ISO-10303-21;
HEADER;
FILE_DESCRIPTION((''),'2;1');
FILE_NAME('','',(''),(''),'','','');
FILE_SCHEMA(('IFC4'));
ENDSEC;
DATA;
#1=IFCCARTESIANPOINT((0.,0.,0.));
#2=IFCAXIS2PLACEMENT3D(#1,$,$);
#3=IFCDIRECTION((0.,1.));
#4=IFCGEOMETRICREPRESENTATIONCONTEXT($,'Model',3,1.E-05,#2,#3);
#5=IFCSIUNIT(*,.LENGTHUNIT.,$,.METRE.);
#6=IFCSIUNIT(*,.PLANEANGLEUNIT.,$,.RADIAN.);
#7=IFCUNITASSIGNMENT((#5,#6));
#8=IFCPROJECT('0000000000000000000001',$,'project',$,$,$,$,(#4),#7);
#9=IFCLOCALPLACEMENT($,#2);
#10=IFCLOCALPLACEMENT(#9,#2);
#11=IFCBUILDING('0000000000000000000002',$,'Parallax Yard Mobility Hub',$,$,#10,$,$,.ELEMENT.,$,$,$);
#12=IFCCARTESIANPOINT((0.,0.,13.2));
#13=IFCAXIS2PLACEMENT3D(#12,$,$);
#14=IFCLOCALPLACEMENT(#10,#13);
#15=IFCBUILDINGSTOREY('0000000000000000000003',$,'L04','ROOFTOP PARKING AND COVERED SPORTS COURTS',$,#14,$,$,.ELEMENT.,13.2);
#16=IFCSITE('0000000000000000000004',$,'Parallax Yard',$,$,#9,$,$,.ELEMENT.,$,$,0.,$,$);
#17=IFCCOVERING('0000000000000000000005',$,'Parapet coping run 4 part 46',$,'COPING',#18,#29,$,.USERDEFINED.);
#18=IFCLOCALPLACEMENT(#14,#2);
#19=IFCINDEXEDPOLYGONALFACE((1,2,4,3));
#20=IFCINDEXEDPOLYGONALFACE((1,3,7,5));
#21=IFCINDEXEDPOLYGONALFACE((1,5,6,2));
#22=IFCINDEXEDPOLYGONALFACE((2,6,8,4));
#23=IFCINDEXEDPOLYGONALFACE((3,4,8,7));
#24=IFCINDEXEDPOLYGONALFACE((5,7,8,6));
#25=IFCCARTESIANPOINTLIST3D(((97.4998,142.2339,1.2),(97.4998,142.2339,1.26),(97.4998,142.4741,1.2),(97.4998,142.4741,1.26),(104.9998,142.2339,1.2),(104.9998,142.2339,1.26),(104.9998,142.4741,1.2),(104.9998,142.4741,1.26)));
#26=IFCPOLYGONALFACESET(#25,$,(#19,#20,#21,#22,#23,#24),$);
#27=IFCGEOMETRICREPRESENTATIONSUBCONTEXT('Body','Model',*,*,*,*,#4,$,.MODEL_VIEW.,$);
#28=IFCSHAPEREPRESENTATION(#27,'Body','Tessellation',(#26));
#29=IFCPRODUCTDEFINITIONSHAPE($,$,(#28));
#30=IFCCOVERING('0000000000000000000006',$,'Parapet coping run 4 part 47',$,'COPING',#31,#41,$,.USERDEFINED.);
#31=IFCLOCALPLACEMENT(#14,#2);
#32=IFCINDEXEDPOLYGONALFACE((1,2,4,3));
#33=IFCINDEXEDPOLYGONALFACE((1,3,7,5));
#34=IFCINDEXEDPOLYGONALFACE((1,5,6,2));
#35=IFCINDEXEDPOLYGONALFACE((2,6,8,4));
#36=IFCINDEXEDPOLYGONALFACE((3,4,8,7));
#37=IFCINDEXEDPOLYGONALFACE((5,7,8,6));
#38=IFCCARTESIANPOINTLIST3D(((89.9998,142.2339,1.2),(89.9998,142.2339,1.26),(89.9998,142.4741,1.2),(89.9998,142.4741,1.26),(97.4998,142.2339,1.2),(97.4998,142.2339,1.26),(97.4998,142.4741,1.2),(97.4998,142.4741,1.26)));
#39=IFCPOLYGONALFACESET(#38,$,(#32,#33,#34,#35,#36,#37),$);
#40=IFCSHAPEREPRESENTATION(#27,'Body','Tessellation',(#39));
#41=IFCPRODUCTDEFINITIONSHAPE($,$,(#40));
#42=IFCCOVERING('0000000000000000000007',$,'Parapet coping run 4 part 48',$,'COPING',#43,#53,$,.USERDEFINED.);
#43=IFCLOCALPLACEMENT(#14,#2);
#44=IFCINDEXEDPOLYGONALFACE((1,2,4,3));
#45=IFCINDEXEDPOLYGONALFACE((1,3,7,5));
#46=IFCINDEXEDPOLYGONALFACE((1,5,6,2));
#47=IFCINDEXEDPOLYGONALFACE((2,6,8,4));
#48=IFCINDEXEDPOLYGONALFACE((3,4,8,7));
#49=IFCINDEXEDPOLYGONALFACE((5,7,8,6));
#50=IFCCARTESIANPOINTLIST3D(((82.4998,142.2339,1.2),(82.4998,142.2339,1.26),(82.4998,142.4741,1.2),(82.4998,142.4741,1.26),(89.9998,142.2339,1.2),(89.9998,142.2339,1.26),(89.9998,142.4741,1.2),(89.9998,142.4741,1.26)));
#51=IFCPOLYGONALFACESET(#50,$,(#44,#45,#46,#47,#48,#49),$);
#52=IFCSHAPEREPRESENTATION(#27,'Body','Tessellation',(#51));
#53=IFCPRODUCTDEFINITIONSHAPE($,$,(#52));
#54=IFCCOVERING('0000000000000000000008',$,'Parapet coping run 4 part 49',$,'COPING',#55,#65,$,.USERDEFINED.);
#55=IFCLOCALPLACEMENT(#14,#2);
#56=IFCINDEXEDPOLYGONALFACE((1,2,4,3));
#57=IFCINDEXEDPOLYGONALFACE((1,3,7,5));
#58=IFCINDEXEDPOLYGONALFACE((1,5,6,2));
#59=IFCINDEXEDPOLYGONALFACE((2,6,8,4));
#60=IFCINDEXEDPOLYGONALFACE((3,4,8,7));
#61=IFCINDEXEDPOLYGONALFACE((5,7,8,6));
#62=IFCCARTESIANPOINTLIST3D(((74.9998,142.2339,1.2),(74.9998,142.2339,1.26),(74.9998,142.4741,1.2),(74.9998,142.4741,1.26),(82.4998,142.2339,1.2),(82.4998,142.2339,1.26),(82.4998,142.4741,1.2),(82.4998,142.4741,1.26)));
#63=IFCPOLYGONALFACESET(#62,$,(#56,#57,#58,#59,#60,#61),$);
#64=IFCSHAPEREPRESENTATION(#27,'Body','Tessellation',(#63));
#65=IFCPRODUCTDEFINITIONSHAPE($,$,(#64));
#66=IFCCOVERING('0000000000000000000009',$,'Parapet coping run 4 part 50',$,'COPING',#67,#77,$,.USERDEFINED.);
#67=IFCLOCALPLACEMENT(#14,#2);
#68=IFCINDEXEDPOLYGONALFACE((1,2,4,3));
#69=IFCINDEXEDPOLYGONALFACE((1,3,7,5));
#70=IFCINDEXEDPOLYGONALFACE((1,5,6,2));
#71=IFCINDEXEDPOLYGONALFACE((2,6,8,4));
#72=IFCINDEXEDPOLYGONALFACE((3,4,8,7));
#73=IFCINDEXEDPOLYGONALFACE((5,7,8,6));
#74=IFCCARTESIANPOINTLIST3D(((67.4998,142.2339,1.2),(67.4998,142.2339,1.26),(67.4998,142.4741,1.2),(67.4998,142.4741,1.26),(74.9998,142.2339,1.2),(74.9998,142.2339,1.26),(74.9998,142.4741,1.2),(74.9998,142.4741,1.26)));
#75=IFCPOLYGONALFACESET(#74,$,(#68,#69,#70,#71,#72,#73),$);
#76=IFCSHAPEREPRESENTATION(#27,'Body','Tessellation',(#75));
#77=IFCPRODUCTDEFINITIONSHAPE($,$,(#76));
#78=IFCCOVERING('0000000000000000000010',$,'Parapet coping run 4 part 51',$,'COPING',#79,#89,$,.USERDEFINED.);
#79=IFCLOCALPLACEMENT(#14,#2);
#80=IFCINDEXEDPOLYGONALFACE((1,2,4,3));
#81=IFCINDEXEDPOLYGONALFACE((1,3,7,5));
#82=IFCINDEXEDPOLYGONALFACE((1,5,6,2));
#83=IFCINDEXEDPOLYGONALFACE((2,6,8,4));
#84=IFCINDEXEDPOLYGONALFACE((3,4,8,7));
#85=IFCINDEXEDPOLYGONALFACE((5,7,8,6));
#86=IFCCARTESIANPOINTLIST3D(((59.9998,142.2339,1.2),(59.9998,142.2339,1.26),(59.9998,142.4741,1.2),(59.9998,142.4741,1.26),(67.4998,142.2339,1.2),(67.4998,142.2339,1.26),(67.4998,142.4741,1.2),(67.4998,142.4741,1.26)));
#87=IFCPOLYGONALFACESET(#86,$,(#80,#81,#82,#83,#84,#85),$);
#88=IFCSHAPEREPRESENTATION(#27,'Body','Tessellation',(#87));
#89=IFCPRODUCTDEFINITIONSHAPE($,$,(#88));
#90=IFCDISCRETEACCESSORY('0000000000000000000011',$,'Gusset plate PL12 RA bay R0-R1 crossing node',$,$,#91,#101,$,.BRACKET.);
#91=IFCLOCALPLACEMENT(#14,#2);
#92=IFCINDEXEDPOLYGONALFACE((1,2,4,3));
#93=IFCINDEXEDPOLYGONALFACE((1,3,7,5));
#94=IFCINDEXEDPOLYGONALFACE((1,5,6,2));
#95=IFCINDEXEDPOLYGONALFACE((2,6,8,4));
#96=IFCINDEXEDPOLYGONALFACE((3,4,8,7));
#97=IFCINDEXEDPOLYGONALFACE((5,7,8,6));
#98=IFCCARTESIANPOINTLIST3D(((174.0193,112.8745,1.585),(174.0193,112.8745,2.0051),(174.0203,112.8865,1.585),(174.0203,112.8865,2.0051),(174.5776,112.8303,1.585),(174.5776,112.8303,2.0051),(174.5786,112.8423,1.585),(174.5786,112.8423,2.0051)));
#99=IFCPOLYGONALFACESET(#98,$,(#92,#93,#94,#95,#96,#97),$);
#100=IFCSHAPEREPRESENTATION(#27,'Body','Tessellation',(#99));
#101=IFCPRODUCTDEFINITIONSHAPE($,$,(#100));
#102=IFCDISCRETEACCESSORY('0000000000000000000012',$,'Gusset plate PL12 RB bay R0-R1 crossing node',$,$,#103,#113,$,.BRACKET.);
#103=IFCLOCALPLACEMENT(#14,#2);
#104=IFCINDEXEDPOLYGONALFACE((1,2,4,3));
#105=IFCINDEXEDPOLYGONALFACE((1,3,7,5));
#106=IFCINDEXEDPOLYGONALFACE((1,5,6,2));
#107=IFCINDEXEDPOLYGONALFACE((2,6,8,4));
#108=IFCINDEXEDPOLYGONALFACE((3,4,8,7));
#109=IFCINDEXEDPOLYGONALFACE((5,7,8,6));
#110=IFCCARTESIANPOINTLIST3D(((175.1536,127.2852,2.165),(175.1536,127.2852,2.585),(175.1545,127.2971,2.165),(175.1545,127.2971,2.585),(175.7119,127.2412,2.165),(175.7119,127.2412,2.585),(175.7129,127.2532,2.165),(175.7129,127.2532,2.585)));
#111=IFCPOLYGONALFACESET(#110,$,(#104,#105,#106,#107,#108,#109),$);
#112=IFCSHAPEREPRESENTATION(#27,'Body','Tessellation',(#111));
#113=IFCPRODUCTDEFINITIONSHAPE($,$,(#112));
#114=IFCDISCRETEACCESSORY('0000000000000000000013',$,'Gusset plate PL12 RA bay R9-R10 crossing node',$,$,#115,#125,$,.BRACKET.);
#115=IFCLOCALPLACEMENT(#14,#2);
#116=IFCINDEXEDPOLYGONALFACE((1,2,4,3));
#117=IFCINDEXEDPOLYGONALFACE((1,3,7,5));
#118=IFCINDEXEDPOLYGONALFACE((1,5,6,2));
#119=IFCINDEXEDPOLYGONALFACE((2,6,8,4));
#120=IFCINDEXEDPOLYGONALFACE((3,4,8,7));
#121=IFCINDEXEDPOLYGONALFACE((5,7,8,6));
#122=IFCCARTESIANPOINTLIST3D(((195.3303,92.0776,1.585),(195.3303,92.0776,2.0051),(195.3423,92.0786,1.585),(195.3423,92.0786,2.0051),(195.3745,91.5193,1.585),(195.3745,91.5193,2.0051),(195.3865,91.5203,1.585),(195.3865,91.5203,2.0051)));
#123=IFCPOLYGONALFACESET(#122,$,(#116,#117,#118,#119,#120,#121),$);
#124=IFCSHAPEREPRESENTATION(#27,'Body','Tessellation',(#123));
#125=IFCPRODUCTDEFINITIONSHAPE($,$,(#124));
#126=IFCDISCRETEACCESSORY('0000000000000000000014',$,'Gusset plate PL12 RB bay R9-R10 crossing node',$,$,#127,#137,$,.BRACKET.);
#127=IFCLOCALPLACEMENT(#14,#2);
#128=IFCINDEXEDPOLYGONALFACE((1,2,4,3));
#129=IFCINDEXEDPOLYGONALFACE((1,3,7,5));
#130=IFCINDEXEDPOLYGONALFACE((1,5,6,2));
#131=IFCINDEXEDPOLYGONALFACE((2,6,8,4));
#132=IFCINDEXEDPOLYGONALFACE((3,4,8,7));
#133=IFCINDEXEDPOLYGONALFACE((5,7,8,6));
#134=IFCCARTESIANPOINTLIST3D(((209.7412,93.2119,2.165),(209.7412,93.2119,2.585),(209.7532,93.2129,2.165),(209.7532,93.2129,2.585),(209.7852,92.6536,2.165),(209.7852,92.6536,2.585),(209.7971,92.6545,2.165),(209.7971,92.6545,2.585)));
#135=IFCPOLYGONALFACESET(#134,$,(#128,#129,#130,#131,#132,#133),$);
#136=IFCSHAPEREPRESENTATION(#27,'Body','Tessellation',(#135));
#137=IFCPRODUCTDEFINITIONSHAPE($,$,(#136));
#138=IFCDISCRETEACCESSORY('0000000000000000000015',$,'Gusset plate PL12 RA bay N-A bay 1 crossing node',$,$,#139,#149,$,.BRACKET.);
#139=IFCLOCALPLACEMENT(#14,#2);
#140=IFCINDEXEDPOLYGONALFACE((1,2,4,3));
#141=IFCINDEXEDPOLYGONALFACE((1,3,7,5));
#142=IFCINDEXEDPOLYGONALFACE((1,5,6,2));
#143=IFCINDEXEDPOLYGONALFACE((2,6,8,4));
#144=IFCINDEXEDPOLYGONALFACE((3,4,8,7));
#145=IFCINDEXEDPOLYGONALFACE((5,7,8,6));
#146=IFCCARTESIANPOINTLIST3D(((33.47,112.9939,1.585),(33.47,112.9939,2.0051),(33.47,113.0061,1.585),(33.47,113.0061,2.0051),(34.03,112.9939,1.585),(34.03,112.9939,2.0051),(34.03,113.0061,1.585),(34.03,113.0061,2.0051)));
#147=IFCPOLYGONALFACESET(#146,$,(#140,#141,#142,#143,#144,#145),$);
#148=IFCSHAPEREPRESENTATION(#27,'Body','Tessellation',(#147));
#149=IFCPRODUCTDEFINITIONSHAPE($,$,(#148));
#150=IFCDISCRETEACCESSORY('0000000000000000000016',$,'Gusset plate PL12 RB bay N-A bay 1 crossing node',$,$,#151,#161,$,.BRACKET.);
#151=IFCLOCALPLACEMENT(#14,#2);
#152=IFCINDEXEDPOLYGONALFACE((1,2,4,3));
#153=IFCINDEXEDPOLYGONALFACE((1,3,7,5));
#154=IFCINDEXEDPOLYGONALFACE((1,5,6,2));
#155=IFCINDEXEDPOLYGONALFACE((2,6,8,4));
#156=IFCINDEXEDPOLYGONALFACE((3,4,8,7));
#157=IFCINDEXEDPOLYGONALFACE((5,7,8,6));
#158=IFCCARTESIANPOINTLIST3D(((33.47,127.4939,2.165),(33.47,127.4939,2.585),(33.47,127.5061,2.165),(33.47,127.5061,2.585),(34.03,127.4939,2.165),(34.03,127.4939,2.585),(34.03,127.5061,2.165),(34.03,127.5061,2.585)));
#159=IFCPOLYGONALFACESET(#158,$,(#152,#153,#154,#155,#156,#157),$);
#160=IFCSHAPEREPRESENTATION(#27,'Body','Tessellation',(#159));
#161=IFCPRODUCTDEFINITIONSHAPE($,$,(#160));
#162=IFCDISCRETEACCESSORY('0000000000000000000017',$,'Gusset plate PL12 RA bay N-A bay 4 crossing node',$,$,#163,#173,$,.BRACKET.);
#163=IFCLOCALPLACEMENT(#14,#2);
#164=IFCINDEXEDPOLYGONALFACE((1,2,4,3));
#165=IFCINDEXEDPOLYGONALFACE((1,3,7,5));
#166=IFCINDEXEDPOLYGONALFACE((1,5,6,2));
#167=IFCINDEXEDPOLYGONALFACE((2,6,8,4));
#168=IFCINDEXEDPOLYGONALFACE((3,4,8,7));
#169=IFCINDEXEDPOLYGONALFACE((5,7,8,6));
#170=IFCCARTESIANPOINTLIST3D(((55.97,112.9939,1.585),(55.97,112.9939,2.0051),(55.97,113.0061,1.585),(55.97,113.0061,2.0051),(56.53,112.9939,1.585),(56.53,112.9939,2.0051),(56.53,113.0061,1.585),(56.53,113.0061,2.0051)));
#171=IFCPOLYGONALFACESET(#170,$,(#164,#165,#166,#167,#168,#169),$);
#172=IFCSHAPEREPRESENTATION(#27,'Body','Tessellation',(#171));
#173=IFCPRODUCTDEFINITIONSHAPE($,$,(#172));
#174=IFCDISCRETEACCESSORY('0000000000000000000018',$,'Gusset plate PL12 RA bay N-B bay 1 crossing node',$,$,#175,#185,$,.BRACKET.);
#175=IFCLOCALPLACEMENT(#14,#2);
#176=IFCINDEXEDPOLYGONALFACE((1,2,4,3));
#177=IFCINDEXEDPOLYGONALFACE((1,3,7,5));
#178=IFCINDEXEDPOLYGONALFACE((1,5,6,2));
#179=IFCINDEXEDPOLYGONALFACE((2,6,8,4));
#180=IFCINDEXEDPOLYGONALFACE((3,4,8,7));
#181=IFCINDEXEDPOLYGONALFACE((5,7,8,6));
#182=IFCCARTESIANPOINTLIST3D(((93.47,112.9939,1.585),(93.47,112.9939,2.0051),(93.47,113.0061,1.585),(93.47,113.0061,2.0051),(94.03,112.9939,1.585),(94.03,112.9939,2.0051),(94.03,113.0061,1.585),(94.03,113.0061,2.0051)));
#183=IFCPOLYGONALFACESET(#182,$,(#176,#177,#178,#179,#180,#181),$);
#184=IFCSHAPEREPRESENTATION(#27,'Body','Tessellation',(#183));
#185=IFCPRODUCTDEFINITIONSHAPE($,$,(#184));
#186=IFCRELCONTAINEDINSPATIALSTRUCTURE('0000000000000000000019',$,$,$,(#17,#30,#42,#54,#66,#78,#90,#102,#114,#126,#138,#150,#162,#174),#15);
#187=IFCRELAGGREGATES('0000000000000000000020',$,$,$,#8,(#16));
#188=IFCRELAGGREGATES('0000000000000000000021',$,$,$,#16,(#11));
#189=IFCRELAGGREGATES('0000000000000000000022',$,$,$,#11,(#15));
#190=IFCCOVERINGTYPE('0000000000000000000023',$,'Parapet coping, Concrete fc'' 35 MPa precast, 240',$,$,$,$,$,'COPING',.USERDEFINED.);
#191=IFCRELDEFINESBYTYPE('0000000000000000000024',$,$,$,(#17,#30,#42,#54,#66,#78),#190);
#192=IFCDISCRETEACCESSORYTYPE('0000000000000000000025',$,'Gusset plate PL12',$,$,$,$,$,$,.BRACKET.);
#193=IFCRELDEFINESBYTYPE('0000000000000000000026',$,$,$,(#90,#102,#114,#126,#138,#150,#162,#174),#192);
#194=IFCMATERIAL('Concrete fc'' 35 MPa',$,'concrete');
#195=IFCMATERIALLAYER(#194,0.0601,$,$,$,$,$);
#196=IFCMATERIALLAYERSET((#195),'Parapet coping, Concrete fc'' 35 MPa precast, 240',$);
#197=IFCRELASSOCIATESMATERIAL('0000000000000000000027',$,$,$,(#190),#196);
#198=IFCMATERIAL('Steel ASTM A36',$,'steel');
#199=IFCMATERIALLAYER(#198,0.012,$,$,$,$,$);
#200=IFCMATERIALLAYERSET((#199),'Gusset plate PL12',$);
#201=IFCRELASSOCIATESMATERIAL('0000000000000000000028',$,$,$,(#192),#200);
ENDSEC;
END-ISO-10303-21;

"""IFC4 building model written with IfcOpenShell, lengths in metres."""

from ifc_helpers import new_model, si_unit, direction, frame, origin, place, context, subcontext, project, spatial, polyline, outline, extrude, material, layer, layer_set, type_object, element, save


model = new_model("IFC4")

# Units and contexts
model_context = context("Model", 3, precision=1e-05, world=origin(), true_north=direction((0.0, 1.0)))
body_context = subcontext(model_context, "Body", "Model", "MODEL_VIEW")
ifc_project = project(units=[si_unit("LENGTHUNIT", "METRE"), si_unit("PLANEANGLEUNIT", "RADIAN")], contexts=[model_context])

# Site, building, storey
site_placement = place(None, origin())
site = spatial("IfcSite", under=ifc_project, at=site_placement, Name="Parallax Yard", CompositionType="ELEMENT", RefElevation=0.0)
building_placement = place(site_placement, origin())
building = spatial("IfcBuilding", under=site, at=building_placement, Name="Parallax Yard Mobility Hub", CompositionType="ELEMENT")
storey_placement = place(building_placement, frame((0.0, 0.0, 13.2)))
storey = spatial("IfcBuildingStorey", under=building, at=storey_placement, Name="L04", Description="ROOFTOP PARKING AND COVERED SPORTS COURTS", CompositionType="ELEMENT", Elevation=13.2)

# Coverings
ifc_material_1 = material(Name="Concrete fc' 35 MPa", Category="concrete")
ifc_layer_1 = layer(ifc_material_1, 0.0601)
ifc_layer_set_1 = layer_set([ifc_layer_1], Name="Parapet coping, Concrete fc' 35 MPa precast, 240")
covering_type = type_object("IfcCoveringType", Name="Parapet coping, Concrete fc' 35 MPa precast, 240", ElementType="COPING", PredefinedType="USERDEFINED", material=ifc_layer_set_1)
covering_1_placement = place(storey_placement, frame((0.0, 0.0, 1.2)))
element("IfcCovering", 1, at=covering_1_placement, inside=storey, type_object=covering_type, Name="Parapet coping run 4 part 46", ObjectType="COPING", PredefinedType="USERDEFINED", context=body_context, shape_type="SweptSolid", body=[
    extrude(outline(polyline([(104.9998, 142.2339), (104.9998, 142.4741), (97.4998, 142.4741), (97.4998, 142.2339), (104.9998, 142.2339)])), origin(), (0.0, 0.0, 1.0), 0.0601),
])
covering_2_placement = place(storey_placement, frame((0.0, 0.0, 1.2)))
element("IfcCovering", 2, at=covering_2_placement, inside=storey, type_object=covering_type, Name="Parapet coping run 4 part 47", ObjectType="COPING", PredefinedType="USERDEFINED", context=body_context, shape_type="SweptSolid", body=[
    extrude(outline(polyline([(97.4998, 142.2339), (97.4998, 142.4741), (89.9998, 142.4741), (89.9998, 142.2339), (97.4998, 142.2339)])), origin(), (0.0, 0.0, 1.0), 0.0601),
])
covering_3_placement = place(storey_placement, frame((0.0, 0.0, 1.2)))
element("IfcCovering", 3, at=covering_3_placement, inside=storey, type_object=covering_type, Name="Parapet coping run 4 part 48", ObjectType="COPING", PredefinedType="USERDEFINED", context=body_context, shape_type="SweptSolid", body=[
    extrude(outline(polyline([(89.9998, 142.2339), (89.9998, 142.4741), (82.4998, 142.4741), (82.4998, 142.2339), (89.9998, 142.2339)])), origin(), (0.0, 0.0, 1.0), 0.0601),
])
covering_4_placement = place(storey_placement, frame((0.0, 0.0, 1.2)))
element("IfcCovering", 4, at=covering_4_placement, inside=storey, type_object=covering_type, Name="Parapet coping run 4 part 49", ObjectType="COPING", PredefinedType="USERDEFINED", context=body_context, shape_type="SweptSolid", body=[
    extrude(outline(polyline([(82.4998, 142.2339), (82.4998, 142.4741), (74.9998, 142.4741), (74.9998, 142.2339), (82.4998, 142.2339)])), origin(), (0.0, 0.0, 1.0), 0.0601),
])
covering_5_placement = place(storey_placement, frame((0.0, 0.0, 1.2)))
element("IfcCovering", 5, at=covering_5_placement, inside=storey, type_object=covering_type, Name="Parapet coping run 4 part 50", ObjectType="COPING", PredefinedType="USERDEFINED", context=body_context, shape_type="SweptSolid", body=[
    extrude(outline(polyline([(74.9998, 142.2339), (74.9998, 142.4741), (67.4998, 142.4741), (67.4998, 142.2339), (74.9998, 142.2339)])), origin(), (0.0, 0.0, 1.0), 0.0601),
])
covering_6_placement = place(storey_placement, frame((0.0, 0.0, 1.2)))
element("IfcCovering", 6, at=covering_6_placement, inside=storey, type_object=covering_type, Name="Parapet coping run 4 part 51", ObjectType="COPING", PredefinedType="USERDEFINED", context=body_context, shape_type="SweptSolid", body=[
    extrude(outline(polyline([(67.4998, 142.2339), (67.4998, 142.4741), (59.9998, 142.4741), (59.9998, 142.2339), (67.4998, 142.2339)])), origin(), (0.0, 0.0, 1.0), 0.0601),
])

# Discrete accessories
ifc_material_2 = material(Name="Steel ASTM A36", Category="steel")
ifc_layer_2 = layer(ifc_material_2, 0.012)
ifc_layer_set_2 = layer_set([ifc_layer_2], Name="Gusset plate PL12")
discrete_accessory_type = type_object("IfcDiscreteAccessoryType", Name="Gusset plate PL12", PredefinedType="BRACKET", material=ifc_layer_set_2)
discrete_accessory_1_placement = place(storey_placement, frame((0.0, 0.0, 1.585)))
element("IfcDiscreteAccessory", 7, at=discrete_accessory_1_placement, inside=storey, type_object=discrete_accessory_type, Name="Gusset plate PL12 RA bay R0-R1 crossing node", PredefinedType="BRACKET", context=body_context, shape_type="SweptSolid", body=[
    extrude(outline(polyline([(174.0193, 112.8745), (174.5776, 112.8303), (174.5786, 112.8423), (174.0203, 112.8865), (174.0193, 112.8745)])), origin(), (0.0, 0.0, 1.0), 0.4202),
])
discrete_accessory_2_placement = place(storey_placement, frame((0.0, 0.0, 2.165)))
element("IfcDiscreteAccessory", 8, at=discrete_accessory_2_placement, inside=storey, type_object=discrete_accessory_type, Name="Gusset plate PL12 RB bay R0-R1 crossing node", PredefinedType="BRACKET", context=body_context, shape_type="SweptSolid", body=[
    extrude(outline(polyline([(175.1536, 127.2852), (175.7119, 127.2412), (175.7129, 127.2532), (175.1545, 127.2971), (175.1536, 127.2852)])), origin(), (0.0, 0.0, 1.0), 0.4199),
])
discrete_accessory_3_placement = place(storey_placement, frame((0.0, 0.0, 1.585)))
element("IfcDiscreteAccessory", 9, at=discrete_accessory_3_placement, inside=storey, type_object=discrete_accessory_type, Name="Gusset plate PL12 RA bay R9-R10 crossing node", PredefinedType="BRACKET", context=body_context, shape_type="SweptSolid", body=[
    extrude(outline(polyline([(195.3303, 92.0776), (195.3745, 91.5193), (195.3865, 91.5203), (195.3423, 92.0786), (195.3303, 92.0776)])), origin(), (0.0, 0.0, 1.0), 0.4202),
])
discrete_accessory_4_placement = place(storey_placement, frame((0.0, 0.0, 2.165)))
element("IfcDiscreteAccessory", 10, at=discrete_accessory_4_placement, inside=storey, type_object=discrete_accessory_type, Name="Gusset plate PL12 RB bay R9-R10 crossing node", PredefinedType="BRACKET", context=body_context, shape_type="SweptSolid", body=[
    extrude(outline(polyline([(209.7412, 93.2119), (209.7852, 92.6536), (209.7971, 92.6545), (209.7532, 93.2129), (209.7412, 93.2119)])), origin(), (0.0, 0.0, 1.0), 0.4199),
])
discrete_accessory_5_placement = place(storey_placement, frame((0.0, 0.0, 1.585)))
element("IfcDiscreteAccessory", 11, at=discrete_accessory_5_placement, inside=storey, type_object=discrete_accessory_type, Name="Gusset plate PL12 RA bay N-A bay 1 crossing node", PredefinedType="BRACKET", context=body_context, shape_type="SweptSolid", body=[
    extrude(outline(polyline([(33.47, 112.9939), (34.03, 112.9939), (34.03, 113.0061), (33.47, 113.0061), (33.47, 112.9939)])), origin(), (0.0, 0.0, 1.0), 0.4202),
])
discrete_accessory_6_placement = place(storey_placement, frame((0.0, 0.0, 2.165)))
element("IfcDiscreteAccessory", 12, at=discrete_accessory_6_placement, inside=storey, type_object=discrete_accessory_type, Name="Gusset plate PL12 RB bay N-A bay 1 crossing node", PredefinedType="BRACKET", context=body_context, shape_type="SweptSolid", body=[
    extrude(outline(polyline([(33.47, 127.4939), (34.03, 127.4939), (34.03, 127.5061), (33.47, 127.5061), (33.47, 127.4939)])), origin(), (0.0, 0.0, 1.0), 0.4199),
])
discrete_accessory_7_placement = place(storey_placement, frame((0.0, 0.0, 1.585)))
element("IfcDiscreteAccessory", 13, at=discrete_accessory_7_placement, inside=storey, type_object=discrete_accessory_type, Name="Gusset plate PL12 RA bay N-A bay 4 crossing node", PredefinedType="BRACKET", context=body_context, shape_type="SweptSolid", body=[
    extrude(outline(polyline([(55.97, 112.9939), (56.53, 112.9939), (56.53, 113.0061), (55.97, 113.0061), (55.97, 112.9939)])), origin(), (0.0, 0.0, 1.0), 0.4202),
])
discrete_accessory_8_placement = place(storey_placement, frame((0.0, 0.0, 1.585)))
element("IfcDiscreteAccessory", 14, at=discrete_accessory_8_placement, inside=storey, type_object=discrete_accessory_type, Name="Gusset plate PL12 RA bay N-B bay 1 crossing node", PredefinedType="BRACKET", context=body_context, shape_type="SweptSolid", body=[
    extrude(outline(polyline([(93.47, 112.9939), (94.03, 112.9939), (94.03, 113.0061), (93.47, 113.0061), (93.47, 112.9939)])), origin(), (0.0, 0.0, 1.0), 0.4202),
])

save(model, "model.ifc")
